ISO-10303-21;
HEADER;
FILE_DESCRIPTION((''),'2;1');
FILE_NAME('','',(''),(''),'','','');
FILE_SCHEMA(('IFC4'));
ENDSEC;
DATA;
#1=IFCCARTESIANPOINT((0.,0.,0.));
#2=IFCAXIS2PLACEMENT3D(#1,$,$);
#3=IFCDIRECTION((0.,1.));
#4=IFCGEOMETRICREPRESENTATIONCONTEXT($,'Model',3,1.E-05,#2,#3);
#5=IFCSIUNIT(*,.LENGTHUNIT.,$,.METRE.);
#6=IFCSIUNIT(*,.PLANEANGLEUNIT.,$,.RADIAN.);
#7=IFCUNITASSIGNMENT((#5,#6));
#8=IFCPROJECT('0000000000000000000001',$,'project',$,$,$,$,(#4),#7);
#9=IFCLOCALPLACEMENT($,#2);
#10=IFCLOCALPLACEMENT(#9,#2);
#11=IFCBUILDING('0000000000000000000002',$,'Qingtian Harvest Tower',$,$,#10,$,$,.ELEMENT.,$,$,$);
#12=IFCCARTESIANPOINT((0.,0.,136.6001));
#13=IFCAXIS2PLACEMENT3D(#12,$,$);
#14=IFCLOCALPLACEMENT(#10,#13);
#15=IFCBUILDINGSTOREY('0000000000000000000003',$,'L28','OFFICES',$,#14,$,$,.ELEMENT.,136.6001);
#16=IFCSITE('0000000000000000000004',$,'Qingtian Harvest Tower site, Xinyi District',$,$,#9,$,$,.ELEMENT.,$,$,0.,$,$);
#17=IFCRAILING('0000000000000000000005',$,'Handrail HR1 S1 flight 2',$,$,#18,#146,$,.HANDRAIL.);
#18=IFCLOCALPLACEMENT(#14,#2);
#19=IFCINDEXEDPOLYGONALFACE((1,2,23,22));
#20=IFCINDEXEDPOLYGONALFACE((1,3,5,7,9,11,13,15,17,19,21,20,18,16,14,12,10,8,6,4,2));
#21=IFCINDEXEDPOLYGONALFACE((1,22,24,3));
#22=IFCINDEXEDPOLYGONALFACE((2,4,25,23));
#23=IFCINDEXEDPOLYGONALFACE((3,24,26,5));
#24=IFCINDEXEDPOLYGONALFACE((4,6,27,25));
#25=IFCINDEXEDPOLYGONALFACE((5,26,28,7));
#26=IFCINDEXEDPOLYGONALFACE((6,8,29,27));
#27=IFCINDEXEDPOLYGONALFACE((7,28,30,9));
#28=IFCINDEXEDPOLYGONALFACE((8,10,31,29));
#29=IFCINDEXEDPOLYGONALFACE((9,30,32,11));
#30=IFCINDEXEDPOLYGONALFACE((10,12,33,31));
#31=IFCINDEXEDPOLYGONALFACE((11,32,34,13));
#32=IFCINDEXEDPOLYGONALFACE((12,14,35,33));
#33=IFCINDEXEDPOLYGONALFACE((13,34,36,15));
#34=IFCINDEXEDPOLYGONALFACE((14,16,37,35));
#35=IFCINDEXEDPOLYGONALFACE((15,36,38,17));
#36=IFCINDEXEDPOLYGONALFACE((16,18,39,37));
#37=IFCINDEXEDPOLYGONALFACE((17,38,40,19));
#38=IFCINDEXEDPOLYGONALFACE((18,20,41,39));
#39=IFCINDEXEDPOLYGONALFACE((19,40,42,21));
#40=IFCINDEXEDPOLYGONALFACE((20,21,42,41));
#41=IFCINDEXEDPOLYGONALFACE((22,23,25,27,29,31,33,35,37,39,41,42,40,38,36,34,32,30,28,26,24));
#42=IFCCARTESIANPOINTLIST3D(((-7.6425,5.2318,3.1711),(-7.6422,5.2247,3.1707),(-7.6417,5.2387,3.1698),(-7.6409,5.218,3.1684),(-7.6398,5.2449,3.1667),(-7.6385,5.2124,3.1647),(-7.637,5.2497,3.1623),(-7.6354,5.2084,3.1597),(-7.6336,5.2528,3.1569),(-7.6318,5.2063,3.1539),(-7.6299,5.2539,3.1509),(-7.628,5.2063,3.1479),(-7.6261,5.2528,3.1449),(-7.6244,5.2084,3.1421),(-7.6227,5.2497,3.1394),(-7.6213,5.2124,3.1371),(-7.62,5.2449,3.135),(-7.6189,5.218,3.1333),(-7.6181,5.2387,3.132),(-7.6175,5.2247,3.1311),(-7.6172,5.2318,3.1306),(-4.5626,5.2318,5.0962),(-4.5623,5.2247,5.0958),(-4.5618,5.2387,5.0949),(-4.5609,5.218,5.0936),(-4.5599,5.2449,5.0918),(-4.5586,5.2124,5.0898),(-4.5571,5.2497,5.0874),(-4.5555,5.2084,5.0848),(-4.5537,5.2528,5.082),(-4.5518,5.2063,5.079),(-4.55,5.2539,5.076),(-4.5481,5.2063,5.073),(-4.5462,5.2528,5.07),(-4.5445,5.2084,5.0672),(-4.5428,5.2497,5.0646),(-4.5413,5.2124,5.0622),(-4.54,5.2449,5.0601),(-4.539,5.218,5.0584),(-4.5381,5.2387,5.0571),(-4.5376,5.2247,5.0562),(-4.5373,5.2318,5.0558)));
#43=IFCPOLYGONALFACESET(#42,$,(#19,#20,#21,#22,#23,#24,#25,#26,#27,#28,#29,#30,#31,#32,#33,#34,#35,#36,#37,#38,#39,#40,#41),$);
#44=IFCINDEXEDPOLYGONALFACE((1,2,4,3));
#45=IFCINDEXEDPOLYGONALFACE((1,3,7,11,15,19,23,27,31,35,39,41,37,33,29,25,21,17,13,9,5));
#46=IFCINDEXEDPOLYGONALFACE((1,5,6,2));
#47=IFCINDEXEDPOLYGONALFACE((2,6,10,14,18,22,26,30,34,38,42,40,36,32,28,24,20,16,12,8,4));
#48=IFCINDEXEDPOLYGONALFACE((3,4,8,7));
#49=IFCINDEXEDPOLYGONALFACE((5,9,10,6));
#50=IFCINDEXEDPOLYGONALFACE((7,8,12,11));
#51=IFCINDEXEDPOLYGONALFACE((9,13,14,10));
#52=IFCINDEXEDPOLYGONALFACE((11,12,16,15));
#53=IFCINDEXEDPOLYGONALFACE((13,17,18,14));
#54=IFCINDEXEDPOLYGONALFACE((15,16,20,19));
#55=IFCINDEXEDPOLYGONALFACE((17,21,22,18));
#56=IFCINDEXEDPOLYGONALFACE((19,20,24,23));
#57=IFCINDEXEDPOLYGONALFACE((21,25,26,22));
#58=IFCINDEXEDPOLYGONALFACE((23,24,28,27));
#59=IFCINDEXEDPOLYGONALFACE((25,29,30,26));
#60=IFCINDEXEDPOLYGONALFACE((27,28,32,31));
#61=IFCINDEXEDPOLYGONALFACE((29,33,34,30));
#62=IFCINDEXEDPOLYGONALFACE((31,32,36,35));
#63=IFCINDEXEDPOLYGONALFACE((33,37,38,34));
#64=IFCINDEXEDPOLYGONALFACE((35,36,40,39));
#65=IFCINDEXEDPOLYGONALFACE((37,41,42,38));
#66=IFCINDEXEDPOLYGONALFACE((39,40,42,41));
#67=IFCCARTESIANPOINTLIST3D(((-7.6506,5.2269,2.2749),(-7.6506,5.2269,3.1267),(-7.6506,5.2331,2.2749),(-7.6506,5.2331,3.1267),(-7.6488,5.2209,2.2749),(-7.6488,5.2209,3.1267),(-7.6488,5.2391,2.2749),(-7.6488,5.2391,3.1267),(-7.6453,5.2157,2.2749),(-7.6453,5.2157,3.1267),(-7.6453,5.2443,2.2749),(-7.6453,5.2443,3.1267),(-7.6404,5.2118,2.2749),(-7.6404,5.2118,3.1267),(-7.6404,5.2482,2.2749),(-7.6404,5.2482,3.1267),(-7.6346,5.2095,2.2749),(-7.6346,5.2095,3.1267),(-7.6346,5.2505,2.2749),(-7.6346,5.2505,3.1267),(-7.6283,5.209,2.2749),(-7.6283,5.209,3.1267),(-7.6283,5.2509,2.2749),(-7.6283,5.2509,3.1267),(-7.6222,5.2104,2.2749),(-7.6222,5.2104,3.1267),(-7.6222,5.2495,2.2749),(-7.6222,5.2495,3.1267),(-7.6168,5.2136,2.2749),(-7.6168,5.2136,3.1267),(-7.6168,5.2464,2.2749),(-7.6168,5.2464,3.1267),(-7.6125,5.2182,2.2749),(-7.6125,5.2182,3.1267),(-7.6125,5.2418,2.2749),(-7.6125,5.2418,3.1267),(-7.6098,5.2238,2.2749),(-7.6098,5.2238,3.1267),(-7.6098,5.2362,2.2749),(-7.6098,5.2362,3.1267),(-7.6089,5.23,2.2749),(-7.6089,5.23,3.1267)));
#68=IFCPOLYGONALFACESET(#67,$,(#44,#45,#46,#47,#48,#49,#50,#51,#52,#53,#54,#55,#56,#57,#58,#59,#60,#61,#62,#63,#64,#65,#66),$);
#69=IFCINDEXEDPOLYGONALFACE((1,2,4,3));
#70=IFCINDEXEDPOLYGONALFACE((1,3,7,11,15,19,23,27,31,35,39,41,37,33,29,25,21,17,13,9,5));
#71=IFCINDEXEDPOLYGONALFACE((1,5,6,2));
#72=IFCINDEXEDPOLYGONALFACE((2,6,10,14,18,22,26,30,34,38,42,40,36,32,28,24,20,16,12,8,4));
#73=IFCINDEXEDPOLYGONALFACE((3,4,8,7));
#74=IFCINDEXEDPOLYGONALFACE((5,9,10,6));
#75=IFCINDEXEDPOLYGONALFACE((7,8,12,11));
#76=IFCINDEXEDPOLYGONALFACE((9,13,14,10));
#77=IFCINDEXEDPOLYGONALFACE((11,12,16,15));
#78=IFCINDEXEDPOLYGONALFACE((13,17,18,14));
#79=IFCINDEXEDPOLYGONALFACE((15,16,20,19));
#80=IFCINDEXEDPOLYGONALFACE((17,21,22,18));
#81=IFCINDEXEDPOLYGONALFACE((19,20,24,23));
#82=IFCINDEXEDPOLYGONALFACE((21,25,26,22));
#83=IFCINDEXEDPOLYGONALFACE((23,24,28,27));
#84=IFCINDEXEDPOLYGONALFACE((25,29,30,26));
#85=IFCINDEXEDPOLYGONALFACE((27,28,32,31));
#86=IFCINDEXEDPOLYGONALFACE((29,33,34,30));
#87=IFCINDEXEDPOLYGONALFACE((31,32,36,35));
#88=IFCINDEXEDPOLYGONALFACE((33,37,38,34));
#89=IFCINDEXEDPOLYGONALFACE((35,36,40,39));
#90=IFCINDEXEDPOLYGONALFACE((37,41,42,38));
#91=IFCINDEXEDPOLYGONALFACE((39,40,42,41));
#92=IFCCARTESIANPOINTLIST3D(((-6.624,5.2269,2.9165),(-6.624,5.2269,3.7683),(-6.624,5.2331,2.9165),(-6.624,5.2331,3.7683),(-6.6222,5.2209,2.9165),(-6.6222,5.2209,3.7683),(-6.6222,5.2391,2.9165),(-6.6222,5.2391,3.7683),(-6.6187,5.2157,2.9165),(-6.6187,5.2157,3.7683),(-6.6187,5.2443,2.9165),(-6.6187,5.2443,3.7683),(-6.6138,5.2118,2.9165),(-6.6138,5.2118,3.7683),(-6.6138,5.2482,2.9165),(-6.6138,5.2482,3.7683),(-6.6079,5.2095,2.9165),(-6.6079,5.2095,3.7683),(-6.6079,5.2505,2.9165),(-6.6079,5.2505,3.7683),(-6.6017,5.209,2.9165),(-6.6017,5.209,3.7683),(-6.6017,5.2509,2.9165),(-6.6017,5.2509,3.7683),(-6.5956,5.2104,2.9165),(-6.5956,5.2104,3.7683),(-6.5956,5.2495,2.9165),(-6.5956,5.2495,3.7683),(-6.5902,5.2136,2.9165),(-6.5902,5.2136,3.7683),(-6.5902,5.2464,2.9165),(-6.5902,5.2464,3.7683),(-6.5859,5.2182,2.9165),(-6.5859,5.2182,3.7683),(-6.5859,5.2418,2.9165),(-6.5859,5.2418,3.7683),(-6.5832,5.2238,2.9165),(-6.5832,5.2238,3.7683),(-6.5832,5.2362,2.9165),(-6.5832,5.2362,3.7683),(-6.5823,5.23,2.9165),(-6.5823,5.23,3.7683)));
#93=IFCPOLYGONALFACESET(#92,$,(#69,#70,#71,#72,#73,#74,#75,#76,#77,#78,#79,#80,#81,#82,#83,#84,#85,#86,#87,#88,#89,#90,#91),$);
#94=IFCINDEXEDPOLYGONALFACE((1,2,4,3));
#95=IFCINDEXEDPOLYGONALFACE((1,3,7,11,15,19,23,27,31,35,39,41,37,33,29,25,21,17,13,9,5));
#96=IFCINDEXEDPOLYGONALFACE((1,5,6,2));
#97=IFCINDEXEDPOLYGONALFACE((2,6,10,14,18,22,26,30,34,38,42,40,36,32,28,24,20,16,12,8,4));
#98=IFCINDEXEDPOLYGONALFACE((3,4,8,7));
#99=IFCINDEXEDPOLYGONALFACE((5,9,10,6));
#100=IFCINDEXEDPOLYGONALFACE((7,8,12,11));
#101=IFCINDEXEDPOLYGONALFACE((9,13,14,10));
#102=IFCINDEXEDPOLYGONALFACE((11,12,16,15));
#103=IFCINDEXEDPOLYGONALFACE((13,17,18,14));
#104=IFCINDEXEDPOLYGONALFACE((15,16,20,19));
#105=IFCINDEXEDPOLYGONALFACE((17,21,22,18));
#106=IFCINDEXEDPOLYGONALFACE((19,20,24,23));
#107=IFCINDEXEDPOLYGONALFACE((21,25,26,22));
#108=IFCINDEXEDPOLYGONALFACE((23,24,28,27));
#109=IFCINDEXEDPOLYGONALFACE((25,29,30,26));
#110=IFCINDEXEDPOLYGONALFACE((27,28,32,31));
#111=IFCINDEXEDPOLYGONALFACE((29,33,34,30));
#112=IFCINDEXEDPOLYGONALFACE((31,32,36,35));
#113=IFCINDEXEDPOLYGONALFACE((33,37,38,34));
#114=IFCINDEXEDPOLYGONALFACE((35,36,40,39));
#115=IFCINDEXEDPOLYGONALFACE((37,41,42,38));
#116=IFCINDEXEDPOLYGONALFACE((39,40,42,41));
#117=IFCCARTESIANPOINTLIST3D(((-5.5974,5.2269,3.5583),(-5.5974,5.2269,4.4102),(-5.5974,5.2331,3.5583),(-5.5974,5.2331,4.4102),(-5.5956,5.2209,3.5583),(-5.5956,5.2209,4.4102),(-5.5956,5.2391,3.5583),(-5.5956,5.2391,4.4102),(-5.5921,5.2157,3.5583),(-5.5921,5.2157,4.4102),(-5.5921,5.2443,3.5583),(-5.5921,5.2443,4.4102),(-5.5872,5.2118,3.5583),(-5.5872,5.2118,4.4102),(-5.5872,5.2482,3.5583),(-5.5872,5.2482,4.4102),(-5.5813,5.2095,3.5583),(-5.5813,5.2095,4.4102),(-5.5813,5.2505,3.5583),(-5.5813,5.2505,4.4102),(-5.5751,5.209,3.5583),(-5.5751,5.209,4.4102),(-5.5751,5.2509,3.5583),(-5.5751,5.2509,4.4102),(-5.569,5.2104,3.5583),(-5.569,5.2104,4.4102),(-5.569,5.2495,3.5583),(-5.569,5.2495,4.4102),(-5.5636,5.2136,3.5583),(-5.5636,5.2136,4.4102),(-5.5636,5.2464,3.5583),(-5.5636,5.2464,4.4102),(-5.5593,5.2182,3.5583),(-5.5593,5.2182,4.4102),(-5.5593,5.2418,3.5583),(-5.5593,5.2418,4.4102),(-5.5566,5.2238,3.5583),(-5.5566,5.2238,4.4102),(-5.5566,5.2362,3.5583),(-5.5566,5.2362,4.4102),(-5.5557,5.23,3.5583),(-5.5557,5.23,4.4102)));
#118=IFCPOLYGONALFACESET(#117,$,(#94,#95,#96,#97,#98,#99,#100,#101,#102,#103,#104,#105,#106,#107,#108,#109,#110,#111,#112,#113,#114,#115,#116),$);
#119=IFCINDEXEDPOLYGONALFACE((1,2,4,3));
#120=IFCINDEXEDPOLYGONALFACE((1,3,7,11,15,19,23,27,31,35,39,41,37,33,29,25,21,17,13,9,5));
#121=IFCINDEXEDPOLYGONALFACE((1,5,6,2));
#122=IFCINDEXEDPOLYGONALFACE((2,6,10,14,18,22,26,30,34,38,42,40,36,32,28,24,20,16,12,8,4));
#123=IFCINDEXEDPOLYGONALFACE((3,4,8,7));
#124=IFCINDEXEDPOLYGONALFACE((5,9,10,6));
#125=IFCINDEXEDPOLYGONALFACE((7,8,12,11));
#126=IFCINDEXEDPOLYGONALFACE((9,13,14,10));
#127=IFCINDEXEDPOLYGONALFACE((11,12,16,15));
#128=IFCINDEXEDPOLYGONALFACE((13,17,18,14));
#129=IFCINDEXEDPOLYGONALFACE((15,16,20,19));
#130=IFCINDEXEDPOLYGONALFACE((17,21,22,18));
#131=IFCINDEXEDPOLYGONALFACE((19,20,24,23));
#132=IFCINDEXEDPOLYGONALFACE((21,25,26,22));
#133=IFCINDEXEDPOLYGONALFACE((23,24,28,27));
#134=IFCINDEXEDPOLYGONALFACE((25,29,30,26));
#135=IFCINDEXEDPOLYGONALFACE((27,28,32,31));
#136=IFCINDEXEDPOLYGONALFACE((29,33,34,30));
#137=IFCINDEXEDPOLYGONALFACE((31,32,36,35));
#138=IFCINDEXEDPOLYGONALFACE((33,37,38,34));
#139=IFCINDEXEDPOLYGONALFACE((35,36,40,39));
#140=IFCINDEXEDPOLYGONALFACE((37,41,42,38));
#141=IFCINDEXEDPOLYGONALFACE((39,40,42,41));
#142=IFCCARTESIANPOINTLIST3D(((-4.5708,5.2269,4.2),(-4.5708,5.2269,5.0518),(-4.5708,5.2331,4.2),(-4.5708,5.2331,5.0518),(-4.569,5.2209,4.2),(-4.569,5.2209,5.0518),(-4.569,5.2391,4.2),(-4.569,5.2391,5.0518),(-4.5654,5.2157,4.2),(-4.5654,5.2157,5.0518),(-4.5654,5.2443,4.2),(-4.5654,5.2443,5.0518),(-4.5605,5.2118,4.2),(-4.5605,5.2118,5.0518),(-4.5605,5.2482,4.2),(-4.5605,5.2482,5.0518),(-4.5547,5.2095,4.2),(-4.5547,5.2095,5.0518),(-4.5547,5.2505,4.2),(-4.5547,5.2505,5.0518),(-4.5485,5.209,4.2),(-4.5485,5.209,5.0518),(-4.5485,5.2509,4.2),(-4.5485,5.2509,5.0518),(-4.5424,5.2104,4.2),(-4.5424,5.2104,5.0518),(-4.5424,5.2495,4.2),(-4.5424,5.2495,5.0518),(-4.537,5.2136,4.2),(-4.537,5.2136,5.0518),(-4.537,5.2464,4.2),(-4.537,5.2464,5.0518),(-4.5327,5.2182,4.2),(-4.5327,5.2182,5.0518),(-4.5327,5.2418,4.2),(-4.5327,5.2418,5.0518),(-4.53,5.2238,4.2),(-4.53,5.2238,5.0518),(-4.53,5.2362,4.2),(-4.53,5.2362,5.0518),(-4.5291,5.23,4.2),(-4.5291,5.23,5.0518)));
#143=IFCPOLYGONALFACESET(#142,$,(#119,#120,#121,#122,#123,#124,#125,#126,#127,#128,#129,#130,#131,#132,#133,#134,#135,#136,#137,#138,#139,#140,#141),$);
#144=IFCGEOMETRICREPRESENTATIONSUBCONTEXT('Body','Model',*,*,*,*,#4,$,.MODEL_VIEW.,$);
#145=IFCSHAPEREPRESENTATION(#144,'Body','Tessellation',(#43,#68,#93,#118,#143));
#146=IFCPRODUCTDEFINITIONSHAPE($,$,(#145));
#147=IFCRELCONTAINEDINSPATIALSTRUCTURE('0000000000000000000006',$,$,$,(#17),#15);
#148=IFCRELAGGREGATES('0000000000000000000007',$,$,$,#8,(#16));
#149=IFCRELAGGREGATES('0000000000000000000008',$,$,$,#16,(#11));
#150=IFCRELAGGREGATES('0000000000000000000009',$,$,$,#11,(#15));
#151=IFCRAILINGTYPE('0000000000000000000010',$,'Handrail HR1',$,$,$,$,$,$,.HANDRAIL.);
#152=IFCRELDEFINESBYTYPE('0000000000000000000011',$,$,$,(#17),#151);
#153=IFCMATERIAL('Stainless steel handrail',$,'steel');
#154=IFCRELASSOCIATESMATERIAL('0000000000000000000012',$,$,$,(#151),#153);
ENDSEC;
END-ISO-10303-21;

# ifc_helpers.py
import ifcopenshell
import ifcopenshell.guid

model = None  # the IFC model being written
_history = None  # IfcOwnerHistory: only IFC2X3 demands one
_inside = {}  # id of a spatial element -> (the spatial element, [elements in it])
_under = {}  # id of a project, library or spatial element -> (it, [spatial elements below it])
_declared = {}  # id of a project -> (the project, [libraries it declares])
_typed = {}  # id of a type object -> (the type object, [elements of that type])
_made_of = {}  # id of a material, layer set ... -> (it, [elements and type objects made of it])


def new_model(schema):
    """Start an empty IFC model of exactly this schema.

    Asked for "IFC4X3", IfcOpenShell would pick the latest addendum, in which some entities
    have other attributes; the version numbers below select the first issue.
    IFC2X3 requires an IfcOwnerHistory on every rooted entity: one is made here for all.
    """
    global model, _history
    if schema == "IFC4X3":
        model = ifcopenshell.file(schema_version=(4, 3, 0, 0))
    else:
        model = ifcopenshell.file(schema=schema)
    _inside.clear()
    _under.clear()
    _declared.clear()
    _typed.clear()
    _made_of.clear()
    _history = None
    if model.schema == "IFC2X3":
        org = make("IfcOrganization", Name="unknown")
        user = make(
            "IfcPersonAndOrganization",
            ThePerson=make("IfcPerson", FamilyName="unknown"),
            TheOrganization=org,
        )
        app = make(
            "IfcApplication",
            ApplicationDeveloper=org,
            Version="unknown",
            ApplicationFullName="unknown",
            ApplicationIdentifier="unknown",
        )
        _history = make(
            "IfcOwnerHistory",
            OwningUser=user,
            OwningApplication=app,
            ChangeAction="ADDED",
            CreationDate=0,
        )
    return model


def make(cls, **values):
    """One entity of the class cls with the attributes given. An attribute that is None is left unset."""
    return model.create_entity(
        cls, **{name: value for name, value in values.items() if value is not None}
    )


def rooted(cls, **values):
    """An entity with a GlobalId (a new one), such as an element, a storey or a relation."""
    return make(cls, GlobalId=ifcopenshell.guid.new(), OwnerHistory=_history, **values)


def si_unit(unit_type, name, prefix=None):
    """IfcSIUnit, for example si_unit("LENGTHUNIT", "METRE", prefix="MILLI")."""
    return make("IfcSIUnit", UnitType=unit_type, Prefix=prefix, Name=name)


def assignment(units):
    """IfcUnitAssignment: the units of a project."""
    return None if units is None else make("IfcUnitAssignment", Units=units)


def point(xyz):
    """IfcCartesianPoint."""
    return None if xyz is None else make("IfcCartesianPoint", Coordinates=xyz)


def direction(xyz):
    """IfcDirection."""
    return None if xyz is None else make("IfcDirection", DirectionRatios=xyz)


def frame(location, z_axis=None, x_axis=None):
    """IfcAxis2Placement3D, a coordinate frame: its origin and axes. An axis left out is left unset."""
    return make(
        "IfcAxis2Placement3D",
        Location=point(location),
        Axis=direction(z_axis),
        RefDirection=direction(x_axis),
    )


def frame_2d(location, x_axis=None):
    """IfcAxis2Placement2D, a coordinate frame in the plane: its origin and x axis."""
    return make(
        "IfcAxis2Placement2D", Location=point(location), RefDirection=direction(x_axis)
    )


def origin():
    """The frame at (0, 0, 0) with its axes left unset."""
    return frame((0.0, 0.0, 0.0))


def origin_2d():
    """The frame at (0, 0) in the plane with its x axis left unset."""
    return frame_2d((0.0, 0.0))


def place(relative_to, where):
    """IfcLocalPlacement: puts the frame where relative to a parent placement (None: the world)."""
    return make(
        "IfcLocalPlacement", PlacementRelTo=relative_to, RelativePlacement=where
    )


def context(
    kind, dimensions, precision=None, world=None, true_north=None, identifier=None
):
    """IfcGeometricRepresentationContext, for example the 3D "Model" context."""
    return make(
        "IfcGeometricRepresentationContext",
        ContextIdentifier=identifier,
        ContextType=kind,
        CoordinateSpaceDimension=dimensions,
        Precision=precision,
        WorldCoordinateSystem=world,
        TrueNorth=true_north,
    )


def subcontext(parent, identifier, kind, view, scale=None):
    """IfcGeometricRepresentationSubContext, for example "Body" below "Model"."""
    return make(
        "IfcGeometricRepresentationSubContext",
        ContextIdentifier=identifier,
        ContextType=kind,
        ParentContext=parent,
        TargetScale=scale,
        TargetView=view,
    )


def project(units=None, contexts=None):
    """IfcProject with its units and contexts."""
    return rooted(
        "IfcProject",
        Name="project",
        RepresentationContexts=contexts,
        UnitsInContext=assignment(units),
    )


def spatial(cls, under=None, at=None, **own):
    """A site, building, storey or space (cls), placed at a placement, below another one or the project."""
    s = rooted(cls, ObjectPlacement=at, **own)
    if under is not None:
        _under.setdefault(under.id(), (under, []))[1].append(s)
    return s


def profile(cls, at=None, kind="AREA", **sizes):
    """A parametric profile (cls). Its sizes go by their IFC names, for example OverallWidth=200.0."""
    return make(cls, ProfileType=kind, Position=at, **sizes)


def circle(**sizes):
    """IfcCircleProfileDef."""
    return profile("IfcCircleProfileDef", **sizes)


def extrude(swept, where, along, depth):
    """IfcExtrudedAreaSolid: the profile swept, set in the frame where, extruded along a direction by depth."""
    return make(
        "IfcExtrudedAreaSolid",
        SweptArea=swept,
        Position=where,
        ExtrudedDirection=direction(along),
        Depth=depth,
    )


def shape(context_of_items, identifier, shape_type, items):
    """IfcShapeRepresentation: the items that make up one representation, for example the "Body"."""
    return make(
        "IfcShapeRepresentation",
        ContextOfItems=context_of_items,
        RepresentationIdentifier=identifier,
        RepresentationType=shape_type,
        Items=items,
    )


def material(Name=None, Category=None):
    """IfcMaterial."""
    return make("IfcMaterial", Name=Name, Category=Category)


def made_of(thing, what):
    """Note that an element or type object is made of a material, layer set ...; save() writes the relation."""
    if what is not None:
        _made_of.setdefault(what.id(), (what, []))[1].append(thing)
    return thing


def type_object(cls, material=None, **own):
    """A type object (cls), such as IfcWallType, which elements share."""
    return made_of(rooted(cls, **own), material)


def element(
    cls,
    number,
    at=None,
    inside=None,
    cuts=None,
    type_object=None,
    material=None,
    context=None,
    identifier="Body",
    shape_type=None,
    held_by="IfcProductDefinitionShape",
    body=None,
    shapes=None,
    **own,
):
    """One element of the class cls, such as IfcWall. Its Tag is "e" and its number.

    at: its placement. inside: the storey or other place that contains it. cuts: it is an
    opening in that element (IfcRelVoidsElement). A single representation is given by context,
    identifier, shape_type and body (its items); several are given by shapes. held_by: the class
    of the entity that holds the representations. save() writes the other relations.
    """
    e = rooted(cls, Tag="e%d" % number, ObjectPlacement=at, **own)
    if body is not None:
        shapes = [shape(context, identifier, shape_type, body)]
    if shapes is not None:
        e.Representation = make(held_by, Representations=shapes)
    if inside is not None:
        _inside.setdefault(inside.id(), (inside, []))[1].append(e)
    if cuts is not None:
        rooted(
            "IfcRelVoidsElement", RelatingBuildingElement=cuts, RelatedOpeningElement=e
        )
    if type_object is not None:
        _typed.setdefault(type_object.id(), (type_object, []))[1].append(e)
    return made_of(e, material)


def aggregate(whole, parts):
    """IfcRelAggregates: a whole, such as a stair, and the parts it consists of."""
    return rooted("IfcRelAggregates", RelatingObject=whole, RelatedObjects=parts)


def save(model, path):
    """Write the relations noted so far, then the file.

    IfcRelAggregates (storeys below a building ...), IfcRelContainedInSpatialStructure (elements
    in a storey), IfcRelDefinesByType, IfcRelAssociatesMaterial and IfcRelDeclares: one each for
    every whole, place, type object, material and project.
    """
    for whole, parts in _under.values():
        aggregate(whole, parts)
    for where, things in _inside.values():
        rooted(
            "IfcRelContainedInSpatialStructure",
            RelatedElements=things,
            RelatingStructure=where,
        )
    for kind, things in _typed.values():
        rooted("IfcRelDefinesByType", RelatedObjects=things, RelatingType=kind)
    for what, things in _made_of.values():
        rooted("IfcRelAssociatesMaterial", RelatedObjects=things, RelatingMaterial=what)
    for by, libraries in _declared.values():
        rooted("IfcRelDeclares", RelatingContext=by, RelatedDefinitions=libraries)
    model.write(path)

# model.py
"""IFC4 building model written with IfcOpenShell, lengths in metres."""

from ifc_helpers import new_model, si_unit, direction, frame, origin, origin_2d, place, context, subcontext, project, spatial, circle, extrude, material, type_object, element, save


model = new_model("IFC4")

# Units and contexts
model_context = context("Model", 3, precision=1e-05, world=origin(), true_north=direction((0.0, 1.0)))
body_context = subcontext(model_context, "Body", "Model", "MODEL_VIEW")
ifc_project = project(units=[si_unit("LENGTHUNIT", "METRE"), si_unit("PLANEANGLEUNIT", "RADIAN")], contexts=[model_context])

# Site, building, storey
site_placement = place(None, origin())
site = spatial("IfcSite", under=ifc_project, at=site_placement, Name="Qingtian Harvest Tower site, Xinyi District", CompositionType="ELEMENT", RefElevation=0.0)
building_placement = place(site_placement, origin())
building = spatial("IfcBuilding", under=site, at=building_placement, Name="Qingtian Harvest Tower", CompositionType="ELEMENT")
storey_placement = place(building_placement, frame((0.0, 0.0, 136.6001)))
storey = spatial("IfcBuildingStorey", under=building, at=storey_placement, Name="L28", Description="OFFICES", CompositionType="ELEMENT", Elevation=136.6001)

# Railing
ifc_material_1 = material(Name="Stainless steel handrail", Category="steel")
railing_type = type_object("IfcRailingType", Name="Handrail HR1", PredefinedType="HANDRAIL", material=ifc_material_1)
railing_placement = place(storey_placement, frame((-7.6299, 5.23, 2.2749)))
element("IfcRailing", 1, at=railing_placement, inside=storey, type_object=railing_type, Name="Handrail HR1 S1 flight 2", PredefinedType="HANDRAIL", context=body_context, shape_type="SweptSolid", body=[
    extrude(circle(Radius=0.0239, at=origin_2d()), frame((0.0, 0.0, 0.876), z_axis=(0.847979, 0.0, 0.530029), x_axis=(0.0, 1.0, 0.0)), (0.0, 0.0, 1.0), 3.6321),
    extrude(circle(Radius=0.021, at=origin_2d()), origin(), (0.0, 0.0, 1.0), 0.8518),
    extrude(circle(Radius=0.021, at=origin_2d()), frame((1.0266, 0.0, 0.6416)), (0.0, 0.0, 1.0), 0.8518),
    extrude(circle(Radius=0.021, at=origin_2d()), frame((2.0532, 0.0, 1.2834)), (0.0, 0.0, 1.0), 0.8518),
    extrude(circle(Radius=0.021, at=origin_2d()), frame((3.0798, 0.0, 1.925)), (0.0, 0.0, 1.0), 0.8518),
])

save(model, "model.ifc")
